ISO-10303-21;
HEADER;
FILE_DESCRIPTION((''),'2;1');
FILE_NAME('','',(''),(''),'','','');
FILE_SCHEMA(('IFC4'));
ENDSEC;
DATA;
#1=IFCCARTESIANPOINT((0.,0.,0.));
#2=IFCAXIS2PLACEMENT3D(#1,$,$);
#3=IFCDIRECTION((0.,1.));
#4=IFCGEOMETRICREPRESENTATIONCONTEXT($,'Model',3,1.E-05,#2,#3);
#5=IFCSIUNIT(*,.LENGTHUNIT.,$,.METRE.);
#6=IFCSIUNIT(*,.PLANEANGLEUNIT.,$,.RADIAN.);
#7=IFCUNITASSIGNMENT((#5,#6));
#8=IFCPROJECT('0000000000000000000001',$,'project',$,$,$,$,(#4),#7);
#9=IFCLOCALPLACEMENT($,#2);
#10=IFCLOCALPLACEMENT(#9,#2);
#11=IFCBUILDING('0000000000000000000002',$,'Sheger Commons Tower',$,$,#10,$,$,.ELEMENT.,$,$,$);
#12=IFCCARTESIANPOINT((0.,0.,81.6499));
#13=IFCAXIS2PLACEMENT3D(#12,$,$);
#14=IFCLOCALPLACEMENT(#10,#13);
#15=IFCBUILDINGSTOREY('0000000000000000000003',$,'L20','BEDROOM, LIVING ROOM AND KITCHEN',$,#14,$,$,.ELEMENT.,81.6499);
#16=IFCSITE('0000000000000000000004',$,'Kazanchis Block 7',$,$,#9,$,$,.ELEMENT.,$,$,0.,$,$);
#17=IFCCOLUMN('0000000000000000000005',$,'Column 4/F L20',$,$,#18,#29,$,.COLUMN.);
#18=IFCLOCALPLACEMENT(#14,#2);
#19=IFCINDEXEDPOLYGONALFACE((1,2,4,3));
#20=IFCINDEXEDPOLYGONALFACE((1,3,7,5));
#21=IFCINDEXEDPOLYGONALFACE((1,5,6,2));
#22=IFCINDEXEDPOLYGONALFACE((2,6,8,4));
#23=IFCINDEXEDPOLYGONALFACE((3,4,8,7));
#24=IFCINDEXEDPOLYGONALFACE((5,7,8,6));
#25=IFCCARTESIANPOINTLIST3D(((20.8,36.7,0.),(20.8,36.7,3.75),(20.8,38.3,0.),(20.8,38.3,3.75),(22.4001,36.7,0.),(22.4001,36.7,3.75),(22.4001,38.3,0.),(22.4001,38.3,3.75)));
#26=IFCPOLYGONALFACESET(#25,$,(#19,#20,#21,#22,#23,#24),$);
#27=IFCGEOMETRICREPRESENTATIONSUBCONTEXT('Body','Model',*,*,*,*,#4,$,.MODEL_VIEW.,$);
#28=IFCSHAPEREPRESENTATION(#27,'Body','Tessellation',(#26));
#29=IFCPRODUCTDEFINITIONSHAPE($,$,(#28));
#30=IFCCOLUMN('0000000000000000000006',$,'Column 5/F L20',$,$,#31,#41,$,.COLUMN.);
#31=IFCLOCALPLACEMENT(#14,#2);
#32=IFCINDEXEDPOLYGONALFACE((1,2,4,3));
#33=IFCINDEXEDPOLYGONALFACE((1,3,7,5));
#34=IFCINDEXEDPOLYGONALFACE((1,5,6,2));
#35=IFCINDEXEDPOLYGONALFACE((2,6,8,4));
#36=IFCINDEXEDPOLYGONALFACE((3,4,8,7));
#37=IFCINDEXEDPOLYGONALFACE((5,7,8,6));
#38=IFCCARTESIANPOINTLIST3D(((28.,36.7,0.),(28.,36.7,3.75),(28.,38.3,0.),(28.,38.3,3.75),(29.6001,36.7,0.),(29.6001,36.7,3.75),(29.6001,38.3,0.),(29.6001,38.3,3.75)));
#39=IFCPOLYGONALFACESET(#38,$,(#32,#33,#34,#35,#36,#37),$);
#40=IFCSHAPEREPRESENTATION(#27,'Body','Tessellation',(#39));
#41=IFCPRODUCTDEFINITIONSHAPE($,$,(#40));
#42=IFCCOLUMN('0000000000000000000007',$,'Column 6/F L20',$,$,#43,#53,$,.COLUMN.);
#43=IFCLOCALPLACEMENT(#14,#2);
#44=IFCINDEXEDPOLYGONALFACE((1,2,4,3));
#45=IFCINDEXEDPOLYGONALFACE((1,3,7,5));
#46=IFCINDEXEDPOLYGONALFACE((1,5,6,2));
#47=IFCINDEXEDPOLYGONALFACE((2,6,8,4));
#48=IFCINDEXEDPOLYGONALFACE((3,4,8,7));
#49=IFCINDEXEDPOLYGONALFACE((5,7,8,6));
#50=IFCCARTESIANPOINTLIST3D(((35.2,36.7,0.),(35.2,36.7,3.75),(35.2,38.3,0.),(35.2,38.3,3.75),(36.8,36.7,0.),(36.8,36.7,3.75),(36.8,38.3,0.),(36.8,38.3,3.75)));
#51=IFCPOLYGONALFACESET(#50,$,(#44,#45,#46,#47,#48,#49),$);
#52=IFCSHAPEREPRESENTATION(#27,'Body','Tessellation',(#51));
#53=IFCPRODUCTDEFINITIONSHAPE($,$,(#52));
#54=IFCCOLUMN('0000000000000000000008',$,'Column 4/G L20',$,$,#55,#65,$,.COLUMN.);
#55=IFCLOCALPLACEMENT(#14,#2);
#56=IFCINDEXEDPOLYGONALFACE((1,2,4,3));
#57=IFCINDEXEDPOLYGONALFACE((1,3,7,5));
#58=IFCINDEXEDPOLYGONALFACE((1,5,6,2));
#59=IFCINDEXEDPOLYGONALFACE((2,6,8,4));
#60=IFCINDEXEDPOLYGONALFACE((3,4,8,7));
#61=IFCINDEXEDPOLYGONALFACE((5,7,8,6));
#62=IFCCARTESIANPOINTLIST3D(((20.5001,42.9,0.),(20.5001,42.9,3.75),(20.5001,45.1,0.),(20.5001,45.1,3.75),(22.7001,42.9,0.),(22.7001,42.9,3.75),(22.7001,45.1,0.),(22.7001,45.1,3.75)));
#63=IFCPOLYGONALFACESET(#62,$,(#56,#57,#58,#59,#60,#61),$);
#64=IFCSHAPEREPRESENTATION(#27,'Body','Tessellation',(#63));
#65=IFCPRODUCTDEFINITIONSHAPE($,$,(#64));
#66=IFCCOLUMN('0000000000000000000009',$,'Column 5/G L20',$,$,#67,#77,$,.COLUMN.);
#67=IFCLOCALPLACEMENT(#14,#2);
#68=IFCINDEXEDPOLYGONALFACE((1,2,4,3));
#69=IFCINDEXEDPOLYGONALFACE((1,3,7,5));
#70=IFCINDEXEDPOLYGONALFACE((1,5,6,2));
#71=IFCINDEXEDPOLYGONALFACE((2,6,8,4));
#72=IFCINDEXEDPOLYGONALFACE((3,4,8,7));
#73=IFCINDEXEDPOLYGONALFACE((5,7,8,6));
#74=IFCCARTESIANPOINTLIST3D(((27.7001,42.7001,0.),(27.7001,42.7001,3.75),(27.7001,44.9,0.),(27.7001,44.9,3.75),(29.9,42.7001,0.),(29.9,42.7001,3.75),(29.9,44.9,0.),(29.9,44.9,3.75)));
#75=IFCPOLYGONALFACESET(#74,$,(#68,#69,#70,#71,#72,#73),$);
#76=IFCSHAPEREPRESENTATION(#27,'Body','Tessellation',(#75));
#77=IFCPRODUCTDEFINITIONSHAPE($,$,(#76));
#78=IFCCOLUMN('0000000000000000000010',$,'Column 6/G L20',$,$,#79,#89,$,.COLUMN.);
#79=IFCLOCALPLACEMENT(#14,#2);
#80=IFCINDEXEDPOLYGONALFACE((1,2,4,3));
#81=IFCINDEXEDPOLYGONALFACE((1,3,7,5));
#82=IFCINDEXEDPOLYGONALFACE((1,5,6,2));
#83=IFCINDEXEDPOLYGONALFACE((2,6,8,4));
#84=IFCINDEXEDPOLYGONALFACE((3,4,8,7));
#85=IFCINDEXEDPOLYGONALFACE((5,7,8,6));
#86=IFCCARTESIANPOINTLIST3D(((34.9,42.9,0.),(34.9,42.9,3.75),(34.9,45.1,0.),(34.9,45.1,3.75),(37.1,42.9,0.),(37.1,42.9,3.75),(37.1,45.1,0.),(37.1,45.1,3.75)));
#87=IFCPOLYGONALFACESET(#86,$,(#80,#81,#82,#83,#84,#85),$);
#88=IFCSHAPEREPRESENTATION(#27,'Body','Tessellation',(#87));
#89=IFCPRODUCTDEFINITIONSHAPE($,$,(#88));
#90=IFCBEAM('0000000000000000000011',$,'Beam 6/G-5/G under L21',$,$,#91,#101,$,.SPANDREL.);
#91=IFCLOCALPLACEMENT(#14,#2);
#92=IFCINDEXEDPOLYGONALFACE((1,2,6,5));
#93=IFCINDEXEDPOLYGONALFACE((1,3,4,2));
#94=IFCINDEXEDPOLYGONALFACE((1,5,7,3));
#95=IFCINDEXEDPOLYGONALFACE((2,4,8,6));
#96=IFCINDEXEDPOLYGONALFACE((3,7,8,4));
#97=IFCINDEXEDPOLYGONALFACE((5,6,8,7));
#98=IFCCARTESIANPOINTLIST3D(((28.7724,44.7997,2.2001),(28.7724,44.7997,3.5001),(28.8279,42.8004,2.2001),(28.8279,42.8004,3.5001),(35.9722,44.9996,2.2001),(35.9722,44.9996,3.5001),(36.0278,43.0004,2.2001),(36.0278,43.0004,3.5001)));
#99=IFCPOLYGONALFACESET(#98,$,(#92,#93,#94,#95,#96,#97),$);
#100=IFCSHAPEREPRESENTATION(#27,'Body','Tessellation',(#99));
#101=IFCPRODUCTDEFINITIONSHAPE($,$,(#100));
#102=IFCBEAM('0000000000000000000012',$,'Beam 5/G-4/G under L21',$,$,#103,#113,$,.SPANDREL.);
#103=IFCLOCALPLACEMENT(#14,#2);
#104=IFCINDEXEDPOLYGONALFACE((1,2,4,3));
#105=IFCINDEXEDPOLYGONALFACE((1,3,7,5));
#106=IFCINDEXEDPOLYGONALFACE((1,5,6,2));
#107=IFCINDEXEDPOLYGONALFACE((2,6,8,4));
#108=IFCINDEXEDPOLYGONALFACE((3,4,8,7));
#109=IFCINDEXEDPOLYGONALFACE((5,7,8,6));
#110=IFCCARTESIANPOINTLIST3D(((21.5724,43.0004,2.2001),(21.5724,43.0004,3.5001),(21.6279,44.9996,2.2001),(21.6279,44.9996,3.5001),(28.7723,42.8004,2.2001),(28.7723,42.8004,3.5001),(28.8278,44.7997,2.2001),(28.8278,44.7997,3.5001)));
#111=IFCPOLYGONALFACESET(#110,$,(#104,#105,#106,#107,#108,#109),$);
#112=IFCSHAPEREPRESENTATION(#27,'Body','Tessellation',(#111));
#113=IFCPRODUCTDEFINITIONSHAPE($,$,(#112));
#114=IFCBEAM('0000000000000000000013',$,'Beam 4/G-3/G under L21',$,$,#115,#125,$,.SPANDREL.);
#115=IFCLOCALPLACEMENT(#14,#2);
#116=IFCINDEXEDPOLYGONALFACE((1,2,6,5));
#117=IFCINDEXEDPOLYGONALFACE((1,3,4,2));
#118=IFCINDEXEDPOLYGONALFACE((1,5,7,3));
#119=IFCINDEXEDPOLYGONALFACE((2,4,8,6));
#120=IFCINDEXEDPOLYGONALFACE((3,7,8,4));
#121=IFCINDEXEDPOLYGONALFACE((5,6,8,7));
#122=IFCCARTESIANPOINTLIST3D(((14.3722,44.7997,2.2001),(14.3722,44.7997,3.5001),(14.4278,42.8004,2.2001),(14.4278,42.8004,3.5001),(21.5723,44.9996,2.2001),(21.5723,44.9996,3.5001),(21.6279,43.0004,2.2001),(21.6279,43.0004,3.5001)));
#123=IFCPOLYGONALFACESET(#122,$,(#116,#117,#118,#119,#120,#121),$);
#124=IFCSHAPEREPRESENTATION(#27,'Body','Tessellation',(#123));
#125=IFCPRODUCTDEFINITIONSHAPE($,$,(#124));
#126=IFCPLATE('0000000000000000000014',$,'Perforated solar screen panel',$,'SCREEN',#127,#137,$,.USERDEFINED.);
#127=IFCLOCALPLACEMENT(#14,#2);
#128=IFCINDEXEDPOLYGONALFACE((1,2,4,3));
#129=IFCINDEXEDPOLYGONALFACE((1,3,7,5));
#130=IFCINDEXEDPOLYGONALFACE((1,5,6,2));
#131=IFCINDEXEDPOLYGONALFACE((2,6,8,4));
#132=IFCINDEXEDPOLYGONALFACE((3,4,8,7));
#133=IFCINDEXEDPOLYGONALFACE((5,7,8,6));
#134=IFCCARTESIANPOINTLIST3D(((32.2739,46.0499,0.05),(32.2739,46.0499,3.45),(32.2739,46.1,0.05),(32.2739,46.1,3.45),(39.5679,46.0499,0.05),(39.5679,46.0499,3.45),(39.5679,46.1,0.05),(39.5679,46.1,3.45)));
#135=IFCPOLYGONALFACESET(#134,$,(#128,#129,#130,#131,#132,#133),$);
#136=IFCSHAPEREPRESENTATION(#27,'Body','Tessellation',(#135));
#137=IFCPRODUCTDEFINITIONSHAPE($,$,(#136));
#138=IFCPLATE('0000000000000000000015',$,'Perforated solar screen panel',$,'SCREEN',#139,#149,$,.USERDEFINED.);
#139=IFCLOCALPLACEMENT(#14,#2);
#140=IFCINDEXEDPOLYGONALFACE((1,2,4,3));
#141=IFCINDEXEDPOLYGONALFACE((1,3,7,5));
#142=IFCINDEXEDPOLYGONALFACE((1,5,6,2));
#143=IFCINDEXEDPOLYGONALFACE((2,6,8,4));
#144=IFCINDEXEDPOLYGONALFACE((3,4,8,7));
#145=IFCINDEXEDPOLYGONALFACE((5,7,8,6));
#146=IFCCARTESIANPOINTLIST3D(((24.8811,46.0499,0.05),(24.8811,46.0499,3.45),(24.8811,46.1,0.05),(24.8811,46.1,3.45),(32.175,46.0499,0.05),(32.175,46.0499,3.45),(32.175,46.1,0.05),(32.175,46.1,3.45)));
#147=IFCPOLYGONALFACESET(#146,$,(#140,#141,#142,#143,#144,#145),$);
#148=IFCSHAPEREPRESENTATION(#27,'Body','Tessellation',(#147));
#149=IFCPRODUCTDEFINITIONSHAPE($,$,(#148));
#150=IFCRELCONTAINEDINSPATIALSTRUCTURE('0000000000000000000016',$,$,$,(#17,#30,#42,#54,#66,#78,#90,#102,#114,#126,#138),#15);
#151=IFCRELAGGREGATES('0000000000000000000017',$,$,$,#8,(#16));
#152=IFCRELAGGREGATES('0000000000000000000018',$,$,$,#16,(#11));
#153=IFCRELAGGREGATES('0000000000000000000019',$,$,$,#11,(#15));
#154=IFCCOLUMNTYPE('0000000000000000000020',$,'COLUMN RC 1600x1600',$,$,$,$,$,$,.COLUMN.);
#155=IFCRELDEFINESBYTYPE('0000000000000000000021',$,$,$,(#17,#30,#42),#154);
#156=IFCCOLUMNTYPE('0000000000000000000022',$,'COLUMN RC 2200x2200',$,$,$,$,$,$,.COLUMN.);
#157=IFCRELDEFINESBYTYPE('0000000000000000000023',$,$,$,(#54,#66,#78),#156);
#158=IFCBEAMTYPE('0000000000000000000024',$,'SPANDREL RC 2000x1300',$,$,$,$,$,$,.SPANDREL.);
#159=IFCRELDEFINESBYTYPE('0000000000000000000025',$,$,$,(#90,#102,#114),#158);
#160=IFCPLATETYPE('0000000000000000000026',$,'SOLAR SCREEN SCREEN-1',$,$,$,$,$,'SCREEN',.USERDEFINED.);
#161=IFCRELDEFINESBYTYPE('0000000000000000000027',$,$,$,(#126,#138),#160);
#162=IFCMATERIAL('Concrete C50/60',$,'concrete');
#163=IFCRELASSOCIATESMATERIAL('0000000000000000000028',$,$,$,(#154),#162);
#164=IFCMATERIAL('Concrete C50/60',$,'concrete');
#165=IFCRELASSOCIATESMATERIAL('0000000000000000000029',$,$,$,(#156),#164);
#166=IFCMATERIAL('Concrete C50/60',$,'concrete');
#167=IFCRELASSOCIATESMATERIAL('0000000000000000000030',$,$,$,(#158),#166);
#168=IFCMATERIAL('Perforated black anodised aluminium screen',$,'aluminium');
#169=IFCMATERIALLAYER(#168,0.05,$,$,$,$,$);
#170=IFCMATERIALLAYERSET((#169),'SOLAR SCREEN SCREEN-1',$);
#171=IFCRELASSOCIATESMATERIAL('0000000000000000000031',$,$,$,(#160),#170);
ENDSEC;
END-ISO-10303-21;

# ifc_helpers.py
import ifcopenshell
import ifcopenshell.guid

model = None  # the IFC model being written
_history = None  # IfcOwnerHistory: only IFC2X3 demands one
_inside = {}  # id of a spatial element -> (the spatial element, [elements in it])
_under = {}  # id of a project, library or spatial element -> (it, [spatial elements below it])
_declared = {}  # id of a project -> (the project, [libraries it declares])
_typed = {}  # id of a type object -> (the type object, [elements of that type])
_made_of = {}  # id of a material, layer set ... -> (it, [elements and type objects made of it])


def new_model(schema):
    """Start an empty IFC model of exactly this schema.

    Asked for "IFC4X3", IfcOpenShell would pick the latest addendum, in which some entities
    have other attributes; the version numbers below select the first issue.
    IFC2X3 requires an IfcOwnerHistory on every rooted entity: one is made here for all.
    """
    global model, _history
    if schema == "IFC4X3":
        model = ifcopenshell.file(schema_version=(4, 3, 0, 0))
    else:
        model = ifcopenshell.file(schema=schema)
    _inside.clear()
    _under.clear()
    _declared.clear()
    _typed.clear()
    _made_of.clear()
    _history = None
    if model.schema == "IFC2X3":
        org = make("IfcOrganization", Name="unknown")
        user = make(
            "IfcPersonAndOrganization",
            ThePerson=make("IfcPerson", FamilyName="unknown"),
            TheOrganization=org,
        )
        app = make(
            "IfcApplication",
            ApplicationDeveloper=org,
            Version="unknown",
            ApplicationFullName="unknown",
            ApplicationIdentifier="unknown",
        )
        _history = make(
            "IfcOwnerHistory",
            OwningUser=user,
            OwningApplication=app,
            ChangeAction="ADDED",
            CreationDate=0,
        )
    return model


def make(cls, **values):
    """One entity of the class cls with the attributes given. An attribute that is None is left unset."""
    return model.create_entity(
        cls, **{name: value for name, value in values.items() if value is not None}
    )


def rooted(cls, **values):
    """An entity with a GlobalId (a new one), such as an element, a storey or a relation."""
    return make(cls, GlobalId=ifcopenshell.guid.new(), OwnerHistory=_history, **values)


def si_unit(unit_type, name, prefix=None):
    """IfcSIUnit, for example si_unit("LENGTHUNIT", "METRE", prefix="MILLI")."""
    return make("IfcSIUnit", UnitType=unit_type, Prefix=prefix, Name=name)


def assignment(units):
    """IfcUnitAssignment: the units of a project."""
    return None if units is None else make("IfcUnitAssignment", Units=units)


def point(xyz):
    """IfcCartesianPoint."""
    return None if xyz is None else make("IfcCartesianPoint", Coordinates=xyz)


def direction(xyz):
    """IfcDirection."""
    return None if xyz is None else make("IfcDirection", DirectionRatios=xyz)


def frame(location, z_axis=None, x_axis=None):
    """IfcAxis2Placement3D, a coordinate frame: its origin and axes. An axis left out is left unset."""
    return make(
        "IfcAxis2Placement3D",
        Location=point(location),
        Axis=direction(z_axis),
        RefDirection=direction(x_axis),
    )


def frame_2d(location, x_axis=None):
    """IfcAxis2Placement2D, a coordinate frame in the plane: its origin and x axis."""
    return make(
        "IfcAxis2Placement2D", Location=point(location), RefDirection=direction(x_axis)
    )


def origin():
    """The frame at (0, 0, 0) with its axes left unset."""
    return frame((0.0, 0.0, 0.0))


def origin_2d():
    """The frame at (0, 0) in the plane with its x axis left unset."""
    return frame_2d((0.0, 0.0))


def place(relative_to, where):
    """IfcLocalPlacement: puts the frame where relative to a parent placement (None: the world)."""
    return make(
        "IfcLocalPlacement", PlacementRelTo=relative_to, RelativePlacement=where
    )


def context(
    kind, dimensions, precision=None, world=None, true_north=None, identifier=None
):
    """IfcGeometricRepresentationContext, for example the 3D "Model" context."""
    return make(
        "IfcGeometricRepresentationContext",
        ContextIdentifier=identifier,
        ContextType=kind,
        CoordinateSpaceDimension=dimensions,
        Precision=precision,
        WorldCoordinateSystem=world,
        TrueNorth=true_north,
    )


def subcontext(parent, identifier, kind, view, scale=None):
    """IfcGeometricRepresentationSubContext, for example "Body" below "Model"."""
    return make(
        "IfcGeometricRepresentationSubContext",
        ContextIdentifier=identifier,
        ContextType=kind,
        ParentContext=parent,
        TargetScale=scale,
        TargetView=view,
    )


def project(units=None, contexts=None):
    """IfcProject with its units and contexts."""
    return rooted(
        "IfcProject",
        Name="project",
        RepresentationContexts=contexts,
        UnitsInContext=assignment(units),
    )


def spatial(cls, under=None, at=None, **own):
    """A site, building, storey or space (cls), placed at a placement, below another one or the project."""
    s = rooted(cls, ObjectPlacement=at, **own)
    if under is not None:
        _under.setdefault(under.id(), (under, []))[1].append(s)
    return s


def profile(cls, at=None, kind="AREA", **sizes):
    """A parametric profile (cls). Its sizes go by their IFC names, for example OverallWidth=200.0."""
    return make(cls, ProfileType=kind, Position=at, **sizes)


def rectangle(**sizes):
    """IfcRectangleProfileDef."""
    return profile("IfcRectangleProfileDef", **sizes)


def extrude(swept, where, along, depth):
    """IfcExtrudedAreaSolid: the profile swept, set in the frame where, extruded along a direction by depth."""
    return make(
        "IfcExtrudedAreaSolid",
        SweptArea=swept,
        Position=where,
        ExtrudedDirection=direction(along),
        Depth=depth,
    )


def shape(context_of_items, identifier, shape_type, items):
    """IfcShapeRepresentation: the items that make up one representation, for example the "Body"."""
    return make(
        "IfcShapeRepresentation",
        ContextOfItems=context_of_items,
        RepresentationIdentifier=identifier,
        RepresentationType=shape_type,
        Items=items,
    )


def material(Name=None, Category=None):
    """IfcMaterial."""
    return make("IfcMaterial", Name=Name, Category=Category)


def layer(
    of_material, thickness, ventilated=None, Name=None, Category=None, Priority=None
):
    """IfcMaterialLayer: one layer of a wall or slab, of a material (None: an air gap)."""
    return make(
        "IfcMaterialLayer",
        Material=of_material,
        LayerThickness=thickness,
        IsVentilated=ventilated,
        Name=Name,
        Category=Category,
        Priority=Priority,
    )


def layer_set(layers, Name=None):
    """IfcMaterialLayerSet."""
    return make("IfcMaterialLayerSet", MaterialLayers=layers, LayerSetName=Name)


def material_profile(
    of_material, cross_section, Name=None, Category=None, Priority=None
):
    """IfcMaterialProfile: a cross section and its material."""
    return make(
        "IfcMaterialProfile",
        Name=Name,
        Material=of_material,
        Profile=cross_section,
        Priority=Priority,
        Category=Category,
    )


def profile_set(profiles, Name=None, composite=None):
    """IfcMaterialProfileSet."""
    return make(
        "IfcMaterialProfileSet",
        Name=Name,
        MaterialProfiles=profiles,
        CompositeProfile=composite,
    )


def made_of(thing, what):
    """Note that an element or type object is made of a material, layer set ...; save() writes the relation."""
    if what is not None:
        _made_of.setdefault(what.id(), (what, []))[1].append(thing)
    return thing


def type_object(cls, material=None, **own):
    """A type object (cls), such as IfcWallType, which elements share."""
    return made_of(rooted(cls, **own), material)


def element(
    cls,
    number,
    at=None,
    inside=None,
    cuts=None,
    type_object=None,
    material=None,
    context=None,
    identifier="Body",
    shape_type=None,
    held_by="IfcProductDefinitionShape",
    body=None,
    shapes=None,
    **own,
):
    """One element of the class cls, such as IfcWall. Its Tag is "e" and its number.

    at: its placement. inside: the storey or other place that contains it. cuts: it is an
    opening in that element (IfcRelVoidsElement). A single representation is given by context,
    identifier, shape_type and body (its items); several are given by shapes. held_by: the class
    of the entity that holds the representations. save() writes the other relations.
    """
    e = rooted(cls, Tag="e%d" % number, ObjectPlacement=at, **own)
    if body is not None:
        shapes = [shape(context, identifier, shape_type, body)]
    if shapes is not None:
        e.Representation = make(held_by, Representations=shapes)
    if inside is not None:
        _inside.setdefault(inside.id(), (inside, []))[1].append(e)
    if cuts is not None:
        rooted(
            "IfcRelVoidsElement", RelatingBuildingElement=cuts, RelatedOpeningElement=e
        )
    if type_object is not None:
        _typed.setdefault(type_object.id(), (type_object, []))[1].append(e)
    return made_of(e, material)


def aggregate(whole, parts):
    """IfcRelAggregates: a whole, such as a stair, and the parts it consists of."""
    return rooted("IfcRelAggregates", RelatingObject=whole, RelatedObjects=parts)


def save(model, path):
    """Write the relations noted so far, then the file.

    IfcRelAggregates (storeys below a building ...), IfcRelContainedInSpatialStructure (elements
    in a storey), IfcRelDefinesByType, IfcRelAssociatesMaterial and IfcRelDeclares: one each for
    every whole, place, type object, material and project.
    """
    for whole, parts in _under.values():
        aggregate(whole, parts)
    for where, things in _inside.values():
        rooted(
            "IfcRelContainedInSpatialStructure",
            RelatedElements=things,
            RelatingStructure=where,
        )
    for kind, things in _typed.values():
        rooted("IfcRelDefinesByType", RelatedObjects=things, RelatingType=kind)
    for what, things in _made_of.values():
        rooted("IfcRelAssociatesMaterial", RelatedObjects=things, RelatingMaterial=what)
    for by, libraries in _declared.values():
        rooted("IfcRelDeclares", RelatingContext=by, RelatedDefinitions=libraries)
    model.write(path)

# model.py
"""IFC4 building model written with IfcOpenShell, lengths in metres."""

from ifc_helpers import new_model, si_unit, direction, frame, origin, origin_2d, place, context, subcontext, project, spatial, rectangle, extrude, material, layer, layer_set, material_profile, profile_set, type_object, element, save


model = new_model("IFC4")

# Units and contexts
model_context = context("Model", 3, precision=1e-05, world=origin(), true_north=direction((0.0, 1.0)))
body_context = subcontext(model_context, "Body", "Model", "MODEL_VIEW")
ifc_project = project(units=[si_unit("LENGTHUNIT", "METRE"), si_unit("PLANEANGLEUNIT", "RADIAN")], contexts=[model_context])

# Site, building, storey
site_placement = place(None, origin())
site = spatial("IfcSite", under=ifc_project, at=site_placement, Name="Kazanchis Block 7", CompositionType="ELEMENT", RefElevation=0.0)
building_placement = place(site_placement, origin())
building = spatial("IfcBuilding", under=site, at=building_placement, Name="Sheger Commons Tower", CompositionType="ELEMENT")
storey_placement = place(building_placement, frame((0.0, 0.0, 81.6499)))
storey = spatial("IfcBuildingStorey", under=building, at=storey_placement, Name="L20", Description="BEDROOM, LIVING ROOM AND KITCHEN", CompositionType="ELEMENT", Elevation=81.6499)

# Columns
ifc_material_1 = material(Name="Concrete C50/60", Category="concrete")
ifc_material_profile_1 = material_profile(ifc_material_1, rectangle(XDim=1.6001, YDim=1.6001, at=origin_2d()), Name="RC 1600x1600")
ifc_profile_set_1 = profile_set([ifc_material_profile_1], Name="Concrete C50/60")
column_type_1 = type_object("IfcColumnType", Name="COLUMN RC 1600x1600", PredefinedType="COLUMN", material=ifc_profile_set_1)
for number, where, z_axis, x_axis, name in (
    (1, (21.6001, 37.5, 0.0), (0.0, 0.0, 1.0), (1.0, 0.0, 0.0), "Column 4/F L20"),
    (2, (28.8, 37.5, 0.0), (0.0, 0.0, 1.0), (1.0, 0.0, 0.0), "Column 5/F L20"),
    (3, (36.0, 37.5, 0.0), (0.0, 0.0, 1.0), (1.0, 0.0, 0.0), "Column 6/F L20"),
):
    element("IfcColumn", number, at=place(storey_placement, frame(where, z_axis=z_axis, x_axis=x_axis)), inside=storey, type_object=column_type_1, Name=name, PredefinedType="COLUMN", context=body_context, shape_type="SweptSolid", body=[
        extrude(rectangle(XDim=1.6001, YDim=1.6001, at=origin_2d()), origin(), (0.0, 0.0, 1.0), 3.75),
    ])
ifc_material_2 = material(Name="Concrete C50/60", Category="concrete")
ifc_material_profile_2 = material_profile(ifc_material_2, rectangle(XDim=2.2, YDim=2.2, at=origin_2d()), Name="RC 2200x2200")
ifc_profile_set_2 = profile_set([ifc_material_profile_2], Name="Concrete C50/60")
column_type_2 = type_object("IfcColumnType", Name="COLUMN RC 2200x2200", PredefinedType="COLUMN", material=ifc_profile_set_2)
for number, where, z_axis, x_axis, name in (
    (4, (21.6001, 44.0, 0.0), (0.0, 0.0, 1.0), (1.0, 0.0, 0.0), "Column 4/G L20"),
    (5, (28.8, 43.8, 0.0), (0.0, 0.0, 1.0), (1.0, 0.0, 0.0), "Column 5/G L20"),
    (6, (36.0, 44.0, 0.0), (0.0, 0.0, 1.0), (1.0, 0.0, 0.0), "Column 6/G L20"),
):
    element("IfcColumn", number, at=place(storey_placement, frame(where, z_axis=z_axis, x_axis=x_axis)), inside=storey, type_object=column_type_2, Name=name, PredefinedType="COLUMN", context=body_context, shape_type="SweptSolid", body=[
        extrude(rectangle(XDim=2.2, YDim=2.2, at=origin_2d()), origin(), (0.0, 0.0, 1.0), 3.75),
    ])

# Beams
ifc_material_3 = material(Name="Concrete C50/60", Category="concrete")
ifc_material_profile_3 = material_profile(ifc_material_3, rectangle(XDim=2.0, YDim=1.3, at=origin_2d()), Name="RC 2000x1300")
ifc_profile_set_3 = profile_set([ifc_material_profile_3], Name="Concrete C50/60")
beam_type = type_object("IfcBeamType", Name="SPANDREL RC 2000x1300", PredefinedType="SPANDREL", material=ifc_profile_set_3)
for number, where, z_axis, x_axis, name in (
    (7, (36.0, 44.0, 2.8501), (-0.999615, -0.02776, 0.0), (0.02776, -0.999615, 0.0), "Beam 6/G-5/G under L21"),
    (8, (28.8, 43.8, 2.8501), (-0.999615, 0.02776, 0.0), (-0.02776, -0.999615, 0.0), "Beam 5/G-4/G under L21"),
):
    element("IfcBeam", number, at=place(storey_placement, frame(where, z_axis=z_axis, x_axis=x_axis)), inside=storey, type_object=beam_type, Name=name, PredefinedType="SPANDREL", context=body_context, shape_type="SweptSolid", body=[
        extrude(rectangle(XDim=2.0, YDim=1.3, at=origin_2d()), origin(), (0.0, 0.0, 1.0), 7.2026),
    ])
beam_placement = place(storey_placement, frame((21.6001, 44.0, 2.8501), z_axis=(-0.999615, -0.02776, 0.0), x_axis=(0.02776, -0.999615, 0.0)))
element("IfcBeam", 9, at=beam_placement, inside=storey, type_object=beam_type, Name="Beam 4/G-3/G under L21", PredefinedType="SPANDREL", context=body_context, shape_type="SweptSolid", body=[
    extrude(rectangle(XDim=2.0, YDim=1.3, at=origin_2d()), origin(), (0.0, 0.0, 1.0), 7.2029),
])

# Plates
ifc_material_4 = material(Name="Perforated black anodised aluminium screen", Category="aluminium")
ifc_layer_1 = layer(ifc_material_4, 0.05)
ifc_layer_set_1 = layer_set([ifc_layer_1], Name="SOLAR SCREEN SCREEN-1")
plate_type = type_object("IfcPlateType", Name="SOLAR SCREEN SCREEN-1", ElementType="SCREEN", PredefinedType="USERDEFINED", material=ifc_layer_set_1)
for number, where, z_axis, x_axis, name in (
    (10, (35.9209, 46.075, 0.05), (0.0, 0.0, 1.0), (-1.0, 0.0, 0.0), "Perforated solar screen panel"),
    (11, (28.5281, 46.075, 0.05), (0.0, 0.0, 1.0), (-1.0, 0.0, 0.0), "Perforated solar screen panel"),
):
    element("IfcPlate", number, at=place(storey_placement, frame(where, z_axis=z_axis, x_axis=x_axis)), inside=storey, type_object=plate_type, Name=name, ObjectType="SCREEN", PredefinedType="USERDEFINED", context=body_context, shape_type="SweptSolid", body=[
        extrude(rectangle(XDim=7.2939, YDim=0.05, at=origin_2d()), origin(), (0.0, 0.0, 1.0), 3.3999),
    ])

save(model, "model.ifc")
